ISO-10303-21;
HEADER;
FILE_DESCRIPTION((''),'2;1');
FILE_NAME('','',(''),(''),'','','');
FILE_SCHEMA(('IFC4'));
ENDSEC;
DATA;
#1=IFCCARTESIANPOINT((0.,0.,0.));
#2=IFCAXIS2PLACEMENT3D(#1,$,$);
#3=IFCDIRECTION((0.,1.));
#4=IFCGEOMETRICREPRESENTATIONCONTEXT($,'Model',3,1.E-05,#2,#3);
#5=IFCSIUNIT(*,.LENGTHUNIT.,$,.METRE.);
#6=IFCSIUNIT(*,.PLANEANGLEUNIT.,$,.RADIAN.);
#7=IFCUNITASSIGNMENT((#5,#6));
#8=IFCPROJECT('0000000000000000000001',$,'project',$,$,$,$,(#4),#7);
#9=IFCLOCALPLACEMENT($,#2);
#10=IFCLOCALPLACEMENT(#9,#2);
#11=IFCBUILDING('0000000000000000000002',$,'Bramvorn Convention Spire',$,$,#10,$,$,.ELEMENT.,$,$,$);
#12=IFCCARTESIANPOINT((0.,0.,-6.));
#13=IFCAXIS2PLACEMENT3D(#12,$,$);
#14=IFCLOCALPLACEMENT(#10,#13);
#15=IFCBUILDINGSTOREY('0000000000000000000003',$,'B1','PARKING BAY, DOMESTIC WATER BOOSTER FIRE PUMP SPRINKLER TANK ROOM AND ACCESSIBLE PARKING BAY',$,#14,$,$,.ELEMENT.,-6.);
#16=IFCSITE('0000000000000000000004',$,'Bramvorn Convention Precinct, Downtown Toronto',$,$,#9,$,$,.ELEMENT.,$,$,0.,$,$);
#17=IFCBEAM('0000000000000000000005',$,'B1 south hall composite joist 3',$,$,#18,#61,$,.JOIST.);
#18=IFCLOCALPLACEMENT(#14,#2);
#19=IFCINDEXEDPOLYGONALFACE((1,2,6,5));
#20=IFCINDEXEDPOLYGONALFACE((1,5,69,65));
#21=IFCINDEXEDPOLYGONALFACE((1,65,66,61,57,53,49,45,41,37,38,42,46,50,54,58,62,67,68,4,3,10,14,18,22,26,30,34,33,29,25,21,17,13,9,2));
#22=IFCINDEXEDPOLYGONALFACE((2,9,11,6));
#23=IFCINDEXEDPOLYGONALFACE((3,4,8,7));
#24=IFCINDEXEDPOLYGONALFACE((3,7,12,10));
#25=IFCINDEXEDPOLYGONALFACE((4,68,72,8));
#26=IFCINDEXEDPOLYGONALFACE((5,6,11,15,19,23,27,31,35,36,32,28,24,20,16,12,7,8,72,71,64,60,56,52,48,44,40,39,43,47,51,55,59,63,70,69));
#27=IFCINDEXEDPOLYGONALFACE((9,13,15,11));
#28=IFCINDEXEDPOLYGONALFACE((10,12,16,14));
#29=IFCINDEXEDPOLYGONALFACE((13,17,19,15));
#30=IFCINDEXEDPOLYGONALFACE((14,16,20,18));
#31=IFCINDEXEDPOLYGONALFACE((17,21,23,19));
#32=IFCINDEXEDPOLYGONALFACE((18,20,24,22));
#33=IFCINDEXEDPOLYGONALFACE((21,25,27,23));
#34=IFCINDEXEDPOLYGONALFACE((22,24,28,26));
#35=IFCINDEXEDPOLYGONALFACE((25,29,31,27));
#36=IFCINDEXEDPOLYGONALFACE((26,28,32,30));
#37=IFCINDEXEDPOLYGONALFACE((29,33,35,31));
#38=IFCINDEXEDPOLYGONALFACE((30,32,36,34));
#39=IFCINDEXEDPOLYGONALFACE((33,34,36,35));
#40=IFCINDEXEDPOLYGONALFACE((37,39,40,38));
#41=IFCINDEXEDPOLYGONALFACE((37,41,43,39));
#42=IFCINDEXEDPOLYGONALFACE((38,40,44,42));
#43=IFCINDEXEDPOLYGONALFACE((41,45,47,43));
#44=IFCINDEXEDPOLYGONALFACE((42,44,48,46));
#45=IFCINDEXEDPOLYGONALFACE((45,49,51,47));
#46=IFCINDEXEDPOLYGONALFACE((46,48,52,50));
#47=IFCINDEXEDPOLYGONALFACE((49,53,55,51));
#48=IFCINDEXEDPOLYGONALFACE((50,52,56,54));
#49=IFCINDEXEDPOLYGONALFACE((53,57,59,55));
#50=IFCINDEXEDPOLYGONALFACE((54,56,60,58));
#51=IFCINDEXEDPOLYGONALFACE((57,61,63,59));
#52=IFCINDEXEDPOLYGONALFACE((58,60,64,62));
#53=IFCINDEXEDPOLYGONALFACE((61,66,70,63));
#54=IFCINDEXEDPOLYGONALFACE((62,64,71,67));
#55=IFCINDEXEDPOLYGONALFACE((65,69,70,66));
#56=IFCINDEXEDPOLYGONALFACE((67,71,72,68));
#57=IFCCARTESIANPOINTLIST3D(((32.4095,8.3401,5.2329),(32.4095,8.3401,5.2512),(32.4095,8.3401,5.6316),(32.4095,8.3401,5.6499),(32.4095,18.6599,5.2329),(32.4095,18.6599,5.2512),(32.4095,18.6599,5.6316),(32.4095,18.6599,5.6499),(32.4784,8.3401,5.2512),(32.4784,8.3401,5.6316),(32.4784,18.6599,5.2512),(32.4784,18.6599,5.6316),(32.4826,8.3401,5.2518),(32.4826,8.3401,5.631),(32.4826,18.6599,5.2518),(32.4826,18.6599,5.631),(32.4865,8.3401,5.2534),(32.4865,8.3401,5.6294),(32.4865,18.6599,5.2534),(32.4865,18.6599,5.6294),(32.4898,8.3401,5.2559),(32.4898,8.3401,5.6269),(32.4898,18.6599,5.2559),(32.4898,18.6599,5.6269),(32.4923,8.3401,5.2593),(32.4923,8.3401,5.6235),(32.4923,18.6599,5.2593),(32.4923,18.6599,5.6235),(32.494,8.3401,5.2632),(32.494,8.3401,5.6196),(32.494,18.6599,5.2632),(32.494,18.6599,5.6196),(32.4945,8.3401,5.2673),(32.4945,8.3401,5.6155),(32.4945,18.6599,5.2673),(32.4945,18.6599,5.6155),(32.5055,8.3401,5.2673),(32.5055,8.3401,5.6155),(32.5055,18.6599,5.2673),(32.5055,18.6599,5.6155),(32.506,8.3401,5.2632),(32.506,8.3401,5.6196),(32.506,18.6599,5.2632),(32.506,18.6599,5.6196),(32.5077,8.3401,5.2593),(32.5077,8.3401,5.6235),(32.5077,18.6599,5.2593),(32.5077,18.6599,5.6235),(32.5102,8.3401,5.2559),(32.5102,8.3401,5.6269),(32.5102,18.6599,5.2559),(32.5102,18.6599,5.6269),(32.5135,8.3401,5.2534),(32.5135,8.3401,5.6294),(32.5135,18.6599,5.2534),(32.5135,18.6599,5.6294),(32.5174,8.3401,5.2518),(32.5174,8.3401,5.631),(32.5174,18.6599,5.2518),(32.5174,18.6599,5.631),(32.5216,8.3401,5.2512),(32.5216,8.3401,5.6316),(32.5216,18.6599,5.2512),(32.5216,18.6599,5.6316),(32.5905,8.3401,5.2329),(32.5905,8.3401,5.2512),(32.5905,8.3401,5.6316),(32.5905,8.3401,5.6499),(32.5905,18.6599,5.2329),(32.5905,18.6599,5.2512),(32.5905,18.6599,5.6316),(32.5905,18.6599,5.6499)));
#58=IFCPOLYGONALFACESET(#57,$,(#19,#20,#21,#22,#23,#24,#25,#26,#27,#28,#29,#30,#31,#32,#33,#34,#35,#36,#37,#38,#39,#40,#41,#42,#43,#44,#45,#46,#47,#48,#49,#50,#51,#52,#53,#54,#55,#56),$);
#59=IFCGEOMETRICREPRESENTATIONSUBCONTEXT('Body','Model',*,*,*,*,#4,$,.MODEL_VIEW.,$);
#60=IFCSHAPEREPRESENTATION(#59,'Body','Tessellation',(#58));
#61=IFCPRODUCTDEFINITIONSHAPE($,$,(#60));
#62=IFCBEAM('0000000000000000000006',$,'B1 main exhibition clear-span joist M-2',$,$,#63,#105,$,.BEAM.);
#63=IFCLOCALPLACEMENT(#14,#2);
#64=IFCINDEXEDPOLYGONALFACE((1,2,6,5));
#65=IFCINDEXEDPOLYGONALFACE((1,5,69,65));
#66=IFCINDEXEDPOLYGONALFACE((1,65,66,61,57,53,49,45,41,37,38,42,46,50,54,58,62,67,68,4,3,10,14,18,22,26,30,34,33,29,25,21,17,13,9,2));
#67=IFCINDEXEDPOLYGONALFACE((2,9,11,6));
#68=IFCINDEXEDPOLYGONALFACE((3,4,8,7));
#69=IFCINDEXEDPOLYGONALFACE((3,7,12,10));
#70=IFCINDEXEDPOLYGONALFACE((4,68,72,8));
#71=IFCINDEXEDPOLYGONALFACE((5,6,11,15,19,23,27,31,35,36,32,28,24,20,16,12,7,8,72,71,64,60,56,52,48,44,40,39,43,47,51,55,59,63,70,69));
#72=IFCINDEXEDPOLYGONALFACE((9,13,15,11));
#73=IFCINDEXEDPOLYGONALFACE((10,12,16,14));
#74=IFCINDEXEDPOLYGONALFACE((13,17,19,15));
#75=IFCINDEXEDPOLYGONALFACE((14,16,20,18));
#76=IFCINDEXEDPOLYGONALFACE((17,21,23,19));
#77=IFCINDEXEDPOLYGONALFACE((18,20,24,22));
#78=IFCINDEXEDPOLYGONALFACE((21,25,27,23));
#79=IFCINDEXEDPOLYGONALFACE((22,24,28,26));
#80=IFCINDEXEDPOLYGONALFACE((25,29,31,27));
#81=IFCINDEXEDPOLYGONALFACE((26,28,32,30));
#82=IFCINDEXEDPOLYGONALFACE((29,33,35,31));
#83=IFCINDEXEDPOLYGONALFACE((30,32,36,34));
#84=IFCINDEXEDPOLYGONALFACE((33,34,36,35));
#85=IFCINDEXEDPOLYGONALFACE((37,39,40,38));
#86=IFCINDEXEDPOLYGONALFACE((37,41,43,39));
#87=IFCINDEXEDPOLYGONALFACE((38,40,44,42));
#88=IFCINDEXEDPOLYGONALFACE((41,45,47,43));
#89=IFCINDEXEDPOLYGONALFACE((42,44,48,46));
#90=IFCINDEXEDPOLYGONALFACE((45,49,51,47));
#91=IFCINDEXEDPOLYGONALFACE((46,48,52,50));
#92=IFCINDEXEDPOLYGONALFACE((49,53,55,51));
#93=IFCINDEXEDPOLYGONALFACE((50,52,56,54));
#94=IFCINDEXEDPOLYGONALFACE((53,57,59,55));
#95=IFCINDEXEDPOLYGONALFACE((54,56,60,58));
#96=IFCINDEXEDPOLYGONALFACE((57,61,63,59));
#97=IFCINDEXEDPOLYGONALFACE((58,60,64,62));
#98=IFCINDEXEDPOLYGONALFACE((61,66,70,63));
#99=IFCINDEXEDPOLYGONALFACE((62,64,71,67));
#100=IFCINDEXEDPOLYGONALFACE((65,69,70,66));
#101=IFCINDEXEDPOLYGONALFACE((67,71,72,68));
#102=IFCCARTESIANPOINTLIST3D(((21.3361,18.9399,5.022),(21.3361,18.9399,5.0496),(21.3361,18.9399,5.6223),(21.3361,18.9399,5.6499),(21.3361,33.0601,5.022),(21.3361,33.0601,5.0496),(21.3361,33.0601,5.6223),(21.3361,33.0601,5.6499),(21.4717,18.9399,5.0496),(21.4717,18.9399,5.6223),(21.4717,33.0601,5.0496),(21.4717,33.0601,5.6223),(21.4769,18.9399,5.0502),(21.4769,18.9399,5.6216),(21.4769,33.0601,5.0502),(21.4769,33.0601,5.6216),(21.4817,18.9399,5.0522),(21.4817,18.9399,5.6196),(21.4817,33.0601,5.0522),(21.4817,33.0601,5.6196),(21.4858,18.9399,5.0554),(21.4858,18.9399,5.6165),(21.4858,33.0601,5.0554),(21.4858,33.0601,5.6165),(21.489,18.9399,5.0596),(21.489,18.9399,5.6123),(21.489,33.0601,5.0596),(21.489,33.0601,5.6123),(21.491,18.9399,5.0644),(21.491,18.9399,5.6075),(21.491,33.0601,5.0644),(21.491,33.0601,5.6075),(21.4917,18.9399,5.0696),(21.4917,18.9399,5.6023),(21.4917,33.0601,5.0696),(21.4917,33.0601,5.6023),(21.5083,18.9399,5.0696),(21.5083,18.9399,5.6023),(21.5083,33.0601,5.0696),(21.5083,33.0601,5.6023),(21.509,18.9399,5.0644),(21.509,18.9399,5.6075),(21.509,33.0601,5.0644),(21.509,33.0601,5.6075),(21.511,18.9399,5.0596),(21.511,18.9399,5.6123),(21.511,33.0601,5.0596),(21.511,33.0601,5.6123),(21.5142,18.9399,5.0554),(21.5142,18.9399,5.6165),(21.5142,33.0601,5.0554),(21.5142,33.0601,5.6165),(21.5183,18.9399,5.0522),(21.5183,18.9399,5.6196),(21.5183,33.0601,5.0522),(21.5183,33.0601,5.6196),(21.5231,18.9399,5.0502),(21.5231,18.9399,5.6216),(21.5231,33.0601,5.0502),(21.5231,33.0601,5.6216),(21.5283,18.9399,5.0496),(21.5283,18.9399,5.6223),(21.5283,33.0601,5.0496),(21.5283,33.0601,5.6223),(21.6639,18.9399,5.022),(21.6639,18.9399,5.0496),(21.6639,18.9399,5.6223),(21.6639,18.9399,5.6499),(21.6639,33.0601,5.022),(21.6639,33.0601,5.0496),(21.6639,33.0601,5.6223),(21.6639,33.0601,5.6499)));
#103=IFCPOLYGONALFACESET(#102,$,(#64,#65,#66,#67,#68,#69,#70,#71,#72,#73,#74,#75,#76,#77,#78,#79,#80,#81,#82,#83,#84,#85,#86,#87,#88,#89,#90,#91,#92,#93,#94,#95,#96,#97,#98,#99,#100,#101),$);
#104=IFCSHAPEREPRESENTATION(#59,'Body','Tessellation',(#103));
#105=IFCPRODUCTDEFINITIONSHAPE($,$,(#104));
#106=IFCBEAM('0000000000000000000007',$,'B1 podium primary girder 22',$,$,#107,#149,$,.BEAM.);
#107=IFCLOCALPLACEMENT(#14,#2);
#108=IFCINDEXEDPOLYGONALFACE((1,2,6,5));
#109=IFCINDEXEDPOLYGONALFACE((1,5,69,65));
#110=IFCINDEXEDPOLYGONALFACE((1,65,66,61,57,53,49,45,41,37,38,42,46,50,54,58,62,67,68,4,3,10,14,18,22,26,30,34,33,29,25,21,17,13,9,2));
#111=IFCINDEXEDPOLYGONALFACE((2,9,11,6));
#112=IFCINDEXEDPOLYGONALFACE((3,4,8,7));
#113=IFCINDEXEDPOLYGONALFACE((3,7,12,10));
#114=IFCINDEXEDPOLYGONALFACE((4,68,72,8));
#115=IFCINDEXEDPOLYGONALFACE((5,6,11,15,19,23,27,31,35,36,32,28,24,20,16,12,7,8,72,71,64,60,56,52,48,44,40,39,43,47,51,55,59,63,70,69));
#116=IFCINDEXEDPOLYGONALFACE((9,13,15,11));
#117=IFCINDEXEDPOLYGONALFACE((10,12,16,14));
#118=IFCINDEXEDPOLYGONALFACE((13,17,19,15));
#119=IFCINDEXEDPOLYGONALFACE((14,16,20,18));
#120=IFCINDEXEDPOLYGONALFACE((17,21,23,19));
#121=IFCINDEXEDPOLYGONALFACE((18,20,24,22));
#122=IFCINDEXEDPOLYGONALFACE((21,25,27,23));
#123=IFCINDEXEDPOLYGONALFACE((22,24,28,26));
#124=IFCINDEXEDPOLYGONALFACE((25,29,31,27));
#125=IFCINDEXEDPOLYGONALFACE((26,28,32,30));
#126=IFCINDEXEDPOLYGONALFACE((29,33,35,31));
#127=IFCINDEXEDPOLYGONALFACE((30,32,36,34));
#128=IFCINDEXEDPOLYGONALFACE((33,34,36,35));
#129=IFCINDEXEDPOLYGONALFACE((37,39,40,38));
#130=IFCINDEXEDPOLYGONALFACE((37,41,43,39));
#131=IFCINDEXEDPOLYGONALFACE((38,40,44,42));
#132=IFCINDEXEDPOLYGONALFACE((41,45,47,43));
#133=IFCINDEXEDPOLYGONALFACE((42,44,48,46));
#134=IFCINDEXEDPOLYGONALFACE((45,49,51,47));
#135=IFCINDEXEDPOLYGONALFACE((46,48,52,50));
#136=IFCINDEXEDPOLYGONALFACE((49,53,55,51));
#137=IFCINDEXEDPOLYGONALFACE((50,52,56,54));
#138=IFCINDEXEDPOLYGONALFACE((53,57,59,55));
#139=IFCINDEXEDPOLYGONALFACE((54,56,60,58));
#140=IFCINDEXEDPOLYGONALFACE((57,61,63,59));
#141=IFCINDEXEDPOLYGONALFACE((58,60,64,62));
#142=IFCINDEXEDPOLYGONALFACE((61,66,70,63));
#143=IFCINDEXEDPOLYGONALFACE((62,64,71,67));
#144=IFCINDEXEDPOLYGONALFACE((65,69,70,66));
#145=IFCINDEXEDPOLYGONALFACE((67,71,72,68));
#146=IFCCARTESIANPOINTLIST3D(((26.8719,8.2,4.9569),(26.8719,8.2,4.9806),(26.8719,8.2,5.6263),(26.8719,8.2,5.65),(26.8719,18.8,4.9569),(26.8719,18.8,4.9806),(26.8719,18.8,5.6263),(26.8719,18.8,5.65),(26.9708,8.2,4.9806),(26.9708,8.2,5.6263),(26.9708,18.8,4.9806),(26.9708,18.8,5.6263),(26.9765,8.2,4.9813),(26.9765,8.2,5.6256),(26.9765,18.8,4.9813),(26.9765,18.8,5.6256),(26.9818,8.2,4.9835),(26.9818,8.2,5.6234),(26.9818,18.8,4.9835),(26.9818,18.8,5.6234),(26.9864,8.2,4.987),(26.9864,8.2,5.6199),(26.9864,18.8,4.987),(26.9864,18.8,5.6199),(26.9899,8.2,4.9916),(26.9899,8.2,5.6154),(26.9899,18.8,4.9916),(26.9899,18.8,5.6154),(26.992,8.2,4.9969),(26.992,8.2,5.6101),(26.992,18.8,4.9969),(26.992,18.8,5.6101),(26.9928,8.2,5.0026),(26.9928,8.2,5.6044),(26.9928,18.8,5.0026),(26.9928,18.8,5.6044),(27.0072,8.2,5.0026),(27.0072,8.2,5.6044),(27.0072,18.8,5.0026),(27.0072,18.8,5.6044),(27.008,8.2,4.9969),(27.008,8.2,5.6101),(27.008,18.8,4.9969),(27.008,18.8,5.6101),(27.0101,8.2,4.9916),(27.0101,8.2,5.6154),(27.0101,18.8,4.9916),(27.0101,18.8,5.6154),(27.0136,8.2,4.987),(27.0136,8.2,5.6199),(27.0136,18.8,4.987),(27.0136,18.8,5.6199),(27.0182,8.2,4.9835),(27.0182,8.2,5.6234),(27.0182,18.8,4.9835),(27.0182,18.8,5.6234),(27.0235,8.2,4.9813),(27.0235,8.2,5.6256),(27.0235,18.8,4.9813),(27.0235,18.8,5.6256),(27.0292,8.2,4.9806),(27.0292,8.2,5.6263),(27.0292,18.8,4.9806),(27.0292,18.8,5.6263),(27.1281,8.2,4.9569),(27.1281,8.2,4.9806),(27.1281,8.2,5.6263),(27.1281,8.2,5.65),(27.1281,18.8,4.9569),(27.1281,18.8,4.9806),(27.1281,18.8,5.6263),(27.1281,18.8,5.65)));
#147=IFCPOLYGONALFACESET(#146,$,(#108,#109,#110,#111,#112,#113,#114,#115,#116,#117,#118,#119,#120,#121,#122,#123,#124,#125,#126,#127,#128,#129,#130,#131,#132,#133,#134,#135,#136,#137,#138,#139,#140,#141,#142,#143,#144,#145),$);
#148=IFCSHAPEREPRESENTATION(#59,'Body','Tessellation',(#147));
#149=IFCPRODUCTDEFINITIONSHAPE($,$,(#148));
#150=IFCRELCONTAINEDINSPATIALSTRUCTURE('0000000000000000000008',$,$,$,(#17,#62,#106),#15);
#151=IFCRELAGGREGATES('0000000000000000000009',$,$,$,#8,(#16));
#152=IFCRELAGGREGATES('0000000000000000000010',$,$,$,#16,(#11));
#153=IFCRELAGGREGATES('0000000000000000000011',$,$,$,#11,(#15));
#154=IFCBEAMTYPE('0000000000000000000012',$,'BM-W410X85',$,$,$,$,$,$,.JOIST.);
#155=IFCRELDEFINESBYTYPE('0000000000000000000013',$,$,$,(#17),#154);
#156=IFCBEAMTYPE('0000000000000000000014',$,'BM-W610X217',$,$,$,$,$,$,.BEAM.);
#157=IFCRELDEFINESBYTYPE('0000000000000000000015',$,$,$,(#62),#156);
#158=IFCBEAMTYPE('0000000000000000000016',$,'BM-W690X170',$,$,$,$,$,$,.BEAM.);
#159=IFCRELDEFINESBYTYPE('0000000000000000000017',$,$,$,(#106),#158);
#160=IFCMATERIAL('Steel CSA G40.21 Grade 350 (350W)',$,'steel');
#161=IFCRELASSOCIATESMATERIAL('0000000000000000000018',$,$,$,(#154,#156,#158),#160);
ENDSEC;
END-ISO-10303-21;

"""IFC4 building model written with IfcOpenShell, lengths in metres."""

from ifc_helpers import new_model, si_unit, direction, frame, origin, origin_2d, place, context, subcontext, project, spatial, i_section, extrude, material, material_profile, profile_set, type_object, element, save


model = new_model("IFC4")

# Units and contexts
model_context = context("Model", 3, precision=1e-05, world=origin(), true_north=direction((0.0, 1.0)))
body_context = subcontext(model_context, "Body", "Model", "MODEL_VIEW")
ifc_project = project(units=[si_unit("LENGTHUNIT", "METRE"), si_unit("PLANEANGLEUNIT", "RADIAN")], contexts=[model_context])

# Site, building, storey
site_placement = place(None, origin())
site = spatial("IfcSite", under=ifc_project, at=site_placement, Name="Bramvorn Convention Precinct, Downtown Toronto", CompositionType="ELEMENT", RefElevation=0.0)
building_placement = place(site_placement, origin())
building = spatial("IfcBuilding", under=site, at=building_placement, Name="Bramvorn Convention Spire", CompositionType="ELEMENT")
storey_placement = place(building_placement, frame((0.0, 0.0, -6.0)))
storey = spatial("IfcBuildingStorey", under=building, at=storey_placement, Name="B1", Description="PARKING BAY, DOMESTIC WATER BOOSTER FIRE PUMP SPRINKLER TANK ROOM AND ACCESSIBLE PARKING BAY", CompositionType="ELEMENT", Elevation=-6.0)

# Shared definitions
ifc_material_1 = material(Name="Steel CSA G40.21 Grade 350 (350W)", Category="steel")

# Beams
ifc_material_profile_1 = material_profile(ifc_material_1, i_section(OverallWidth=0.1809, OverallDepth=0.417, WebThickness=0.011, FlangeThickness=0.0183, FilletRadius=0.0161, at=origin_2d()))
ifc_profile_set_1 = profile_set([ifc_material_profile_1], Name="Steel CSA G40.21 Grade 350 (350W) - W410X85")
beam_type_1 = type_object("IfcBeamType", Name="BM-W410X85", PredefinedType="JOIST", material=ifc_profile_set_1)
for number, where, z_axis, x_axis, name in (
    (1, (32.5, 8.3401, 5.4414), (0.0, 1.0, 0.0), (-1.0, 0.0, 0.0), "B1 south hall composite joist 3"),
):
    element("IfcBeam", number, at=place(storey_placement, frame(where, z_axis=z_axis, x_axis=x_axis)), inside=storey, type_object=beam_type_1, Name=name, PredefinedType="JOIST", context=body_context, shape_type="SweptSolid", body=[
        extrude(i_section(OverallWidth=0.1809, OverallDepth=0.417, WebThickness=0.011, FlangeThickness=0.0183, FilletRadius=0.0161, at=origin_2d()), origin(), (0.0, 0.0, 1.0), 10.3198),
    ])
ifc_material_profile_2 = material_profile(ifc_material_1, i_section(OverallWidth=0.3279, OverallDepth=0.6279, WebThickness=0.0166, FlangeThickness=0.0276, FilletRadius=0.02, at=origin_2d()))
ifc_profile_set_2 = profile_set([ifc_material_profile_2], Name="Steel CSA G40.21 Grade 350 (350W) - W610X217")
beam_type_2 = type_object("IfcBeamType", Name="BM-W610X217", PredefinedType="BEAM", material=ifc_profile_set_2)
beam_1_placement = place(storey_placement, frame((21.5, 18.9399, 5.3359), z_axis=(0.0, 1.0, 0.0), x_axis=(-1.0, 0.0, 0.0)))
element("IfcBeam", 2, at=beam_1_placement, inside=storey, type_object=beam_type_2, Name="B1 main exhibition clear-span joist M-2", PredefinedType="BEAM", context=body_context, shape_type="SweptSolid", body=[
    extrude(i_section(OverallWidth=0.3279, OverallDepth=0.6279, WebThickness=0.0166, FlangeThickness=0.0276, FilletRadius=0.02, at=origin_2d()), origin(), (0.0, 0.0, 1.0), 14.1201),
])
ifc_material_profile_3 = material_profile(ifc_material_1, i_section(OverallWidth=0.2561, OverallDepth=0.6931, WebThickness=0.0144, FlangeThickness=0.0237, FilletRadius=0.022, at=origin_2d()))
ifc_profile_set_3 = profile_set([ifc_material_profile_3], Name="Steel CSA G40.21 Grade 350 (350W) - W690X170")
beam_type_3 = type_object("IfcBeamType", Name="BM-W690X170", PredefinedType="BEAM", material=ifc_profile_set_3)
beam_2_placement = place(storey_placement, frame((27.0, 8.2, 5.3035), z_axis=(0.0, 1.0, 0.0), x_axis=(-1.0, 0.0, 0.0)))
element("IfcBeam", 3, at=beam_2_placement, inside=storey, type_object=beam_type_3, Name="B1 podium primary girder 22", PredefinedType="BEAM", context=body_context, shape_type="SweptSolid", body=[
    extrude(i_section(OverallWidth=0.2561, OverallDepth=0.6931, WebThickness=0.0144, FlangeThickness=0.0237, FilletRadius=0.022, at=origin_2d()), origin(), (0.0, 0.0, 1.0), 10.6001),
])

save(model, "model.ifc")
